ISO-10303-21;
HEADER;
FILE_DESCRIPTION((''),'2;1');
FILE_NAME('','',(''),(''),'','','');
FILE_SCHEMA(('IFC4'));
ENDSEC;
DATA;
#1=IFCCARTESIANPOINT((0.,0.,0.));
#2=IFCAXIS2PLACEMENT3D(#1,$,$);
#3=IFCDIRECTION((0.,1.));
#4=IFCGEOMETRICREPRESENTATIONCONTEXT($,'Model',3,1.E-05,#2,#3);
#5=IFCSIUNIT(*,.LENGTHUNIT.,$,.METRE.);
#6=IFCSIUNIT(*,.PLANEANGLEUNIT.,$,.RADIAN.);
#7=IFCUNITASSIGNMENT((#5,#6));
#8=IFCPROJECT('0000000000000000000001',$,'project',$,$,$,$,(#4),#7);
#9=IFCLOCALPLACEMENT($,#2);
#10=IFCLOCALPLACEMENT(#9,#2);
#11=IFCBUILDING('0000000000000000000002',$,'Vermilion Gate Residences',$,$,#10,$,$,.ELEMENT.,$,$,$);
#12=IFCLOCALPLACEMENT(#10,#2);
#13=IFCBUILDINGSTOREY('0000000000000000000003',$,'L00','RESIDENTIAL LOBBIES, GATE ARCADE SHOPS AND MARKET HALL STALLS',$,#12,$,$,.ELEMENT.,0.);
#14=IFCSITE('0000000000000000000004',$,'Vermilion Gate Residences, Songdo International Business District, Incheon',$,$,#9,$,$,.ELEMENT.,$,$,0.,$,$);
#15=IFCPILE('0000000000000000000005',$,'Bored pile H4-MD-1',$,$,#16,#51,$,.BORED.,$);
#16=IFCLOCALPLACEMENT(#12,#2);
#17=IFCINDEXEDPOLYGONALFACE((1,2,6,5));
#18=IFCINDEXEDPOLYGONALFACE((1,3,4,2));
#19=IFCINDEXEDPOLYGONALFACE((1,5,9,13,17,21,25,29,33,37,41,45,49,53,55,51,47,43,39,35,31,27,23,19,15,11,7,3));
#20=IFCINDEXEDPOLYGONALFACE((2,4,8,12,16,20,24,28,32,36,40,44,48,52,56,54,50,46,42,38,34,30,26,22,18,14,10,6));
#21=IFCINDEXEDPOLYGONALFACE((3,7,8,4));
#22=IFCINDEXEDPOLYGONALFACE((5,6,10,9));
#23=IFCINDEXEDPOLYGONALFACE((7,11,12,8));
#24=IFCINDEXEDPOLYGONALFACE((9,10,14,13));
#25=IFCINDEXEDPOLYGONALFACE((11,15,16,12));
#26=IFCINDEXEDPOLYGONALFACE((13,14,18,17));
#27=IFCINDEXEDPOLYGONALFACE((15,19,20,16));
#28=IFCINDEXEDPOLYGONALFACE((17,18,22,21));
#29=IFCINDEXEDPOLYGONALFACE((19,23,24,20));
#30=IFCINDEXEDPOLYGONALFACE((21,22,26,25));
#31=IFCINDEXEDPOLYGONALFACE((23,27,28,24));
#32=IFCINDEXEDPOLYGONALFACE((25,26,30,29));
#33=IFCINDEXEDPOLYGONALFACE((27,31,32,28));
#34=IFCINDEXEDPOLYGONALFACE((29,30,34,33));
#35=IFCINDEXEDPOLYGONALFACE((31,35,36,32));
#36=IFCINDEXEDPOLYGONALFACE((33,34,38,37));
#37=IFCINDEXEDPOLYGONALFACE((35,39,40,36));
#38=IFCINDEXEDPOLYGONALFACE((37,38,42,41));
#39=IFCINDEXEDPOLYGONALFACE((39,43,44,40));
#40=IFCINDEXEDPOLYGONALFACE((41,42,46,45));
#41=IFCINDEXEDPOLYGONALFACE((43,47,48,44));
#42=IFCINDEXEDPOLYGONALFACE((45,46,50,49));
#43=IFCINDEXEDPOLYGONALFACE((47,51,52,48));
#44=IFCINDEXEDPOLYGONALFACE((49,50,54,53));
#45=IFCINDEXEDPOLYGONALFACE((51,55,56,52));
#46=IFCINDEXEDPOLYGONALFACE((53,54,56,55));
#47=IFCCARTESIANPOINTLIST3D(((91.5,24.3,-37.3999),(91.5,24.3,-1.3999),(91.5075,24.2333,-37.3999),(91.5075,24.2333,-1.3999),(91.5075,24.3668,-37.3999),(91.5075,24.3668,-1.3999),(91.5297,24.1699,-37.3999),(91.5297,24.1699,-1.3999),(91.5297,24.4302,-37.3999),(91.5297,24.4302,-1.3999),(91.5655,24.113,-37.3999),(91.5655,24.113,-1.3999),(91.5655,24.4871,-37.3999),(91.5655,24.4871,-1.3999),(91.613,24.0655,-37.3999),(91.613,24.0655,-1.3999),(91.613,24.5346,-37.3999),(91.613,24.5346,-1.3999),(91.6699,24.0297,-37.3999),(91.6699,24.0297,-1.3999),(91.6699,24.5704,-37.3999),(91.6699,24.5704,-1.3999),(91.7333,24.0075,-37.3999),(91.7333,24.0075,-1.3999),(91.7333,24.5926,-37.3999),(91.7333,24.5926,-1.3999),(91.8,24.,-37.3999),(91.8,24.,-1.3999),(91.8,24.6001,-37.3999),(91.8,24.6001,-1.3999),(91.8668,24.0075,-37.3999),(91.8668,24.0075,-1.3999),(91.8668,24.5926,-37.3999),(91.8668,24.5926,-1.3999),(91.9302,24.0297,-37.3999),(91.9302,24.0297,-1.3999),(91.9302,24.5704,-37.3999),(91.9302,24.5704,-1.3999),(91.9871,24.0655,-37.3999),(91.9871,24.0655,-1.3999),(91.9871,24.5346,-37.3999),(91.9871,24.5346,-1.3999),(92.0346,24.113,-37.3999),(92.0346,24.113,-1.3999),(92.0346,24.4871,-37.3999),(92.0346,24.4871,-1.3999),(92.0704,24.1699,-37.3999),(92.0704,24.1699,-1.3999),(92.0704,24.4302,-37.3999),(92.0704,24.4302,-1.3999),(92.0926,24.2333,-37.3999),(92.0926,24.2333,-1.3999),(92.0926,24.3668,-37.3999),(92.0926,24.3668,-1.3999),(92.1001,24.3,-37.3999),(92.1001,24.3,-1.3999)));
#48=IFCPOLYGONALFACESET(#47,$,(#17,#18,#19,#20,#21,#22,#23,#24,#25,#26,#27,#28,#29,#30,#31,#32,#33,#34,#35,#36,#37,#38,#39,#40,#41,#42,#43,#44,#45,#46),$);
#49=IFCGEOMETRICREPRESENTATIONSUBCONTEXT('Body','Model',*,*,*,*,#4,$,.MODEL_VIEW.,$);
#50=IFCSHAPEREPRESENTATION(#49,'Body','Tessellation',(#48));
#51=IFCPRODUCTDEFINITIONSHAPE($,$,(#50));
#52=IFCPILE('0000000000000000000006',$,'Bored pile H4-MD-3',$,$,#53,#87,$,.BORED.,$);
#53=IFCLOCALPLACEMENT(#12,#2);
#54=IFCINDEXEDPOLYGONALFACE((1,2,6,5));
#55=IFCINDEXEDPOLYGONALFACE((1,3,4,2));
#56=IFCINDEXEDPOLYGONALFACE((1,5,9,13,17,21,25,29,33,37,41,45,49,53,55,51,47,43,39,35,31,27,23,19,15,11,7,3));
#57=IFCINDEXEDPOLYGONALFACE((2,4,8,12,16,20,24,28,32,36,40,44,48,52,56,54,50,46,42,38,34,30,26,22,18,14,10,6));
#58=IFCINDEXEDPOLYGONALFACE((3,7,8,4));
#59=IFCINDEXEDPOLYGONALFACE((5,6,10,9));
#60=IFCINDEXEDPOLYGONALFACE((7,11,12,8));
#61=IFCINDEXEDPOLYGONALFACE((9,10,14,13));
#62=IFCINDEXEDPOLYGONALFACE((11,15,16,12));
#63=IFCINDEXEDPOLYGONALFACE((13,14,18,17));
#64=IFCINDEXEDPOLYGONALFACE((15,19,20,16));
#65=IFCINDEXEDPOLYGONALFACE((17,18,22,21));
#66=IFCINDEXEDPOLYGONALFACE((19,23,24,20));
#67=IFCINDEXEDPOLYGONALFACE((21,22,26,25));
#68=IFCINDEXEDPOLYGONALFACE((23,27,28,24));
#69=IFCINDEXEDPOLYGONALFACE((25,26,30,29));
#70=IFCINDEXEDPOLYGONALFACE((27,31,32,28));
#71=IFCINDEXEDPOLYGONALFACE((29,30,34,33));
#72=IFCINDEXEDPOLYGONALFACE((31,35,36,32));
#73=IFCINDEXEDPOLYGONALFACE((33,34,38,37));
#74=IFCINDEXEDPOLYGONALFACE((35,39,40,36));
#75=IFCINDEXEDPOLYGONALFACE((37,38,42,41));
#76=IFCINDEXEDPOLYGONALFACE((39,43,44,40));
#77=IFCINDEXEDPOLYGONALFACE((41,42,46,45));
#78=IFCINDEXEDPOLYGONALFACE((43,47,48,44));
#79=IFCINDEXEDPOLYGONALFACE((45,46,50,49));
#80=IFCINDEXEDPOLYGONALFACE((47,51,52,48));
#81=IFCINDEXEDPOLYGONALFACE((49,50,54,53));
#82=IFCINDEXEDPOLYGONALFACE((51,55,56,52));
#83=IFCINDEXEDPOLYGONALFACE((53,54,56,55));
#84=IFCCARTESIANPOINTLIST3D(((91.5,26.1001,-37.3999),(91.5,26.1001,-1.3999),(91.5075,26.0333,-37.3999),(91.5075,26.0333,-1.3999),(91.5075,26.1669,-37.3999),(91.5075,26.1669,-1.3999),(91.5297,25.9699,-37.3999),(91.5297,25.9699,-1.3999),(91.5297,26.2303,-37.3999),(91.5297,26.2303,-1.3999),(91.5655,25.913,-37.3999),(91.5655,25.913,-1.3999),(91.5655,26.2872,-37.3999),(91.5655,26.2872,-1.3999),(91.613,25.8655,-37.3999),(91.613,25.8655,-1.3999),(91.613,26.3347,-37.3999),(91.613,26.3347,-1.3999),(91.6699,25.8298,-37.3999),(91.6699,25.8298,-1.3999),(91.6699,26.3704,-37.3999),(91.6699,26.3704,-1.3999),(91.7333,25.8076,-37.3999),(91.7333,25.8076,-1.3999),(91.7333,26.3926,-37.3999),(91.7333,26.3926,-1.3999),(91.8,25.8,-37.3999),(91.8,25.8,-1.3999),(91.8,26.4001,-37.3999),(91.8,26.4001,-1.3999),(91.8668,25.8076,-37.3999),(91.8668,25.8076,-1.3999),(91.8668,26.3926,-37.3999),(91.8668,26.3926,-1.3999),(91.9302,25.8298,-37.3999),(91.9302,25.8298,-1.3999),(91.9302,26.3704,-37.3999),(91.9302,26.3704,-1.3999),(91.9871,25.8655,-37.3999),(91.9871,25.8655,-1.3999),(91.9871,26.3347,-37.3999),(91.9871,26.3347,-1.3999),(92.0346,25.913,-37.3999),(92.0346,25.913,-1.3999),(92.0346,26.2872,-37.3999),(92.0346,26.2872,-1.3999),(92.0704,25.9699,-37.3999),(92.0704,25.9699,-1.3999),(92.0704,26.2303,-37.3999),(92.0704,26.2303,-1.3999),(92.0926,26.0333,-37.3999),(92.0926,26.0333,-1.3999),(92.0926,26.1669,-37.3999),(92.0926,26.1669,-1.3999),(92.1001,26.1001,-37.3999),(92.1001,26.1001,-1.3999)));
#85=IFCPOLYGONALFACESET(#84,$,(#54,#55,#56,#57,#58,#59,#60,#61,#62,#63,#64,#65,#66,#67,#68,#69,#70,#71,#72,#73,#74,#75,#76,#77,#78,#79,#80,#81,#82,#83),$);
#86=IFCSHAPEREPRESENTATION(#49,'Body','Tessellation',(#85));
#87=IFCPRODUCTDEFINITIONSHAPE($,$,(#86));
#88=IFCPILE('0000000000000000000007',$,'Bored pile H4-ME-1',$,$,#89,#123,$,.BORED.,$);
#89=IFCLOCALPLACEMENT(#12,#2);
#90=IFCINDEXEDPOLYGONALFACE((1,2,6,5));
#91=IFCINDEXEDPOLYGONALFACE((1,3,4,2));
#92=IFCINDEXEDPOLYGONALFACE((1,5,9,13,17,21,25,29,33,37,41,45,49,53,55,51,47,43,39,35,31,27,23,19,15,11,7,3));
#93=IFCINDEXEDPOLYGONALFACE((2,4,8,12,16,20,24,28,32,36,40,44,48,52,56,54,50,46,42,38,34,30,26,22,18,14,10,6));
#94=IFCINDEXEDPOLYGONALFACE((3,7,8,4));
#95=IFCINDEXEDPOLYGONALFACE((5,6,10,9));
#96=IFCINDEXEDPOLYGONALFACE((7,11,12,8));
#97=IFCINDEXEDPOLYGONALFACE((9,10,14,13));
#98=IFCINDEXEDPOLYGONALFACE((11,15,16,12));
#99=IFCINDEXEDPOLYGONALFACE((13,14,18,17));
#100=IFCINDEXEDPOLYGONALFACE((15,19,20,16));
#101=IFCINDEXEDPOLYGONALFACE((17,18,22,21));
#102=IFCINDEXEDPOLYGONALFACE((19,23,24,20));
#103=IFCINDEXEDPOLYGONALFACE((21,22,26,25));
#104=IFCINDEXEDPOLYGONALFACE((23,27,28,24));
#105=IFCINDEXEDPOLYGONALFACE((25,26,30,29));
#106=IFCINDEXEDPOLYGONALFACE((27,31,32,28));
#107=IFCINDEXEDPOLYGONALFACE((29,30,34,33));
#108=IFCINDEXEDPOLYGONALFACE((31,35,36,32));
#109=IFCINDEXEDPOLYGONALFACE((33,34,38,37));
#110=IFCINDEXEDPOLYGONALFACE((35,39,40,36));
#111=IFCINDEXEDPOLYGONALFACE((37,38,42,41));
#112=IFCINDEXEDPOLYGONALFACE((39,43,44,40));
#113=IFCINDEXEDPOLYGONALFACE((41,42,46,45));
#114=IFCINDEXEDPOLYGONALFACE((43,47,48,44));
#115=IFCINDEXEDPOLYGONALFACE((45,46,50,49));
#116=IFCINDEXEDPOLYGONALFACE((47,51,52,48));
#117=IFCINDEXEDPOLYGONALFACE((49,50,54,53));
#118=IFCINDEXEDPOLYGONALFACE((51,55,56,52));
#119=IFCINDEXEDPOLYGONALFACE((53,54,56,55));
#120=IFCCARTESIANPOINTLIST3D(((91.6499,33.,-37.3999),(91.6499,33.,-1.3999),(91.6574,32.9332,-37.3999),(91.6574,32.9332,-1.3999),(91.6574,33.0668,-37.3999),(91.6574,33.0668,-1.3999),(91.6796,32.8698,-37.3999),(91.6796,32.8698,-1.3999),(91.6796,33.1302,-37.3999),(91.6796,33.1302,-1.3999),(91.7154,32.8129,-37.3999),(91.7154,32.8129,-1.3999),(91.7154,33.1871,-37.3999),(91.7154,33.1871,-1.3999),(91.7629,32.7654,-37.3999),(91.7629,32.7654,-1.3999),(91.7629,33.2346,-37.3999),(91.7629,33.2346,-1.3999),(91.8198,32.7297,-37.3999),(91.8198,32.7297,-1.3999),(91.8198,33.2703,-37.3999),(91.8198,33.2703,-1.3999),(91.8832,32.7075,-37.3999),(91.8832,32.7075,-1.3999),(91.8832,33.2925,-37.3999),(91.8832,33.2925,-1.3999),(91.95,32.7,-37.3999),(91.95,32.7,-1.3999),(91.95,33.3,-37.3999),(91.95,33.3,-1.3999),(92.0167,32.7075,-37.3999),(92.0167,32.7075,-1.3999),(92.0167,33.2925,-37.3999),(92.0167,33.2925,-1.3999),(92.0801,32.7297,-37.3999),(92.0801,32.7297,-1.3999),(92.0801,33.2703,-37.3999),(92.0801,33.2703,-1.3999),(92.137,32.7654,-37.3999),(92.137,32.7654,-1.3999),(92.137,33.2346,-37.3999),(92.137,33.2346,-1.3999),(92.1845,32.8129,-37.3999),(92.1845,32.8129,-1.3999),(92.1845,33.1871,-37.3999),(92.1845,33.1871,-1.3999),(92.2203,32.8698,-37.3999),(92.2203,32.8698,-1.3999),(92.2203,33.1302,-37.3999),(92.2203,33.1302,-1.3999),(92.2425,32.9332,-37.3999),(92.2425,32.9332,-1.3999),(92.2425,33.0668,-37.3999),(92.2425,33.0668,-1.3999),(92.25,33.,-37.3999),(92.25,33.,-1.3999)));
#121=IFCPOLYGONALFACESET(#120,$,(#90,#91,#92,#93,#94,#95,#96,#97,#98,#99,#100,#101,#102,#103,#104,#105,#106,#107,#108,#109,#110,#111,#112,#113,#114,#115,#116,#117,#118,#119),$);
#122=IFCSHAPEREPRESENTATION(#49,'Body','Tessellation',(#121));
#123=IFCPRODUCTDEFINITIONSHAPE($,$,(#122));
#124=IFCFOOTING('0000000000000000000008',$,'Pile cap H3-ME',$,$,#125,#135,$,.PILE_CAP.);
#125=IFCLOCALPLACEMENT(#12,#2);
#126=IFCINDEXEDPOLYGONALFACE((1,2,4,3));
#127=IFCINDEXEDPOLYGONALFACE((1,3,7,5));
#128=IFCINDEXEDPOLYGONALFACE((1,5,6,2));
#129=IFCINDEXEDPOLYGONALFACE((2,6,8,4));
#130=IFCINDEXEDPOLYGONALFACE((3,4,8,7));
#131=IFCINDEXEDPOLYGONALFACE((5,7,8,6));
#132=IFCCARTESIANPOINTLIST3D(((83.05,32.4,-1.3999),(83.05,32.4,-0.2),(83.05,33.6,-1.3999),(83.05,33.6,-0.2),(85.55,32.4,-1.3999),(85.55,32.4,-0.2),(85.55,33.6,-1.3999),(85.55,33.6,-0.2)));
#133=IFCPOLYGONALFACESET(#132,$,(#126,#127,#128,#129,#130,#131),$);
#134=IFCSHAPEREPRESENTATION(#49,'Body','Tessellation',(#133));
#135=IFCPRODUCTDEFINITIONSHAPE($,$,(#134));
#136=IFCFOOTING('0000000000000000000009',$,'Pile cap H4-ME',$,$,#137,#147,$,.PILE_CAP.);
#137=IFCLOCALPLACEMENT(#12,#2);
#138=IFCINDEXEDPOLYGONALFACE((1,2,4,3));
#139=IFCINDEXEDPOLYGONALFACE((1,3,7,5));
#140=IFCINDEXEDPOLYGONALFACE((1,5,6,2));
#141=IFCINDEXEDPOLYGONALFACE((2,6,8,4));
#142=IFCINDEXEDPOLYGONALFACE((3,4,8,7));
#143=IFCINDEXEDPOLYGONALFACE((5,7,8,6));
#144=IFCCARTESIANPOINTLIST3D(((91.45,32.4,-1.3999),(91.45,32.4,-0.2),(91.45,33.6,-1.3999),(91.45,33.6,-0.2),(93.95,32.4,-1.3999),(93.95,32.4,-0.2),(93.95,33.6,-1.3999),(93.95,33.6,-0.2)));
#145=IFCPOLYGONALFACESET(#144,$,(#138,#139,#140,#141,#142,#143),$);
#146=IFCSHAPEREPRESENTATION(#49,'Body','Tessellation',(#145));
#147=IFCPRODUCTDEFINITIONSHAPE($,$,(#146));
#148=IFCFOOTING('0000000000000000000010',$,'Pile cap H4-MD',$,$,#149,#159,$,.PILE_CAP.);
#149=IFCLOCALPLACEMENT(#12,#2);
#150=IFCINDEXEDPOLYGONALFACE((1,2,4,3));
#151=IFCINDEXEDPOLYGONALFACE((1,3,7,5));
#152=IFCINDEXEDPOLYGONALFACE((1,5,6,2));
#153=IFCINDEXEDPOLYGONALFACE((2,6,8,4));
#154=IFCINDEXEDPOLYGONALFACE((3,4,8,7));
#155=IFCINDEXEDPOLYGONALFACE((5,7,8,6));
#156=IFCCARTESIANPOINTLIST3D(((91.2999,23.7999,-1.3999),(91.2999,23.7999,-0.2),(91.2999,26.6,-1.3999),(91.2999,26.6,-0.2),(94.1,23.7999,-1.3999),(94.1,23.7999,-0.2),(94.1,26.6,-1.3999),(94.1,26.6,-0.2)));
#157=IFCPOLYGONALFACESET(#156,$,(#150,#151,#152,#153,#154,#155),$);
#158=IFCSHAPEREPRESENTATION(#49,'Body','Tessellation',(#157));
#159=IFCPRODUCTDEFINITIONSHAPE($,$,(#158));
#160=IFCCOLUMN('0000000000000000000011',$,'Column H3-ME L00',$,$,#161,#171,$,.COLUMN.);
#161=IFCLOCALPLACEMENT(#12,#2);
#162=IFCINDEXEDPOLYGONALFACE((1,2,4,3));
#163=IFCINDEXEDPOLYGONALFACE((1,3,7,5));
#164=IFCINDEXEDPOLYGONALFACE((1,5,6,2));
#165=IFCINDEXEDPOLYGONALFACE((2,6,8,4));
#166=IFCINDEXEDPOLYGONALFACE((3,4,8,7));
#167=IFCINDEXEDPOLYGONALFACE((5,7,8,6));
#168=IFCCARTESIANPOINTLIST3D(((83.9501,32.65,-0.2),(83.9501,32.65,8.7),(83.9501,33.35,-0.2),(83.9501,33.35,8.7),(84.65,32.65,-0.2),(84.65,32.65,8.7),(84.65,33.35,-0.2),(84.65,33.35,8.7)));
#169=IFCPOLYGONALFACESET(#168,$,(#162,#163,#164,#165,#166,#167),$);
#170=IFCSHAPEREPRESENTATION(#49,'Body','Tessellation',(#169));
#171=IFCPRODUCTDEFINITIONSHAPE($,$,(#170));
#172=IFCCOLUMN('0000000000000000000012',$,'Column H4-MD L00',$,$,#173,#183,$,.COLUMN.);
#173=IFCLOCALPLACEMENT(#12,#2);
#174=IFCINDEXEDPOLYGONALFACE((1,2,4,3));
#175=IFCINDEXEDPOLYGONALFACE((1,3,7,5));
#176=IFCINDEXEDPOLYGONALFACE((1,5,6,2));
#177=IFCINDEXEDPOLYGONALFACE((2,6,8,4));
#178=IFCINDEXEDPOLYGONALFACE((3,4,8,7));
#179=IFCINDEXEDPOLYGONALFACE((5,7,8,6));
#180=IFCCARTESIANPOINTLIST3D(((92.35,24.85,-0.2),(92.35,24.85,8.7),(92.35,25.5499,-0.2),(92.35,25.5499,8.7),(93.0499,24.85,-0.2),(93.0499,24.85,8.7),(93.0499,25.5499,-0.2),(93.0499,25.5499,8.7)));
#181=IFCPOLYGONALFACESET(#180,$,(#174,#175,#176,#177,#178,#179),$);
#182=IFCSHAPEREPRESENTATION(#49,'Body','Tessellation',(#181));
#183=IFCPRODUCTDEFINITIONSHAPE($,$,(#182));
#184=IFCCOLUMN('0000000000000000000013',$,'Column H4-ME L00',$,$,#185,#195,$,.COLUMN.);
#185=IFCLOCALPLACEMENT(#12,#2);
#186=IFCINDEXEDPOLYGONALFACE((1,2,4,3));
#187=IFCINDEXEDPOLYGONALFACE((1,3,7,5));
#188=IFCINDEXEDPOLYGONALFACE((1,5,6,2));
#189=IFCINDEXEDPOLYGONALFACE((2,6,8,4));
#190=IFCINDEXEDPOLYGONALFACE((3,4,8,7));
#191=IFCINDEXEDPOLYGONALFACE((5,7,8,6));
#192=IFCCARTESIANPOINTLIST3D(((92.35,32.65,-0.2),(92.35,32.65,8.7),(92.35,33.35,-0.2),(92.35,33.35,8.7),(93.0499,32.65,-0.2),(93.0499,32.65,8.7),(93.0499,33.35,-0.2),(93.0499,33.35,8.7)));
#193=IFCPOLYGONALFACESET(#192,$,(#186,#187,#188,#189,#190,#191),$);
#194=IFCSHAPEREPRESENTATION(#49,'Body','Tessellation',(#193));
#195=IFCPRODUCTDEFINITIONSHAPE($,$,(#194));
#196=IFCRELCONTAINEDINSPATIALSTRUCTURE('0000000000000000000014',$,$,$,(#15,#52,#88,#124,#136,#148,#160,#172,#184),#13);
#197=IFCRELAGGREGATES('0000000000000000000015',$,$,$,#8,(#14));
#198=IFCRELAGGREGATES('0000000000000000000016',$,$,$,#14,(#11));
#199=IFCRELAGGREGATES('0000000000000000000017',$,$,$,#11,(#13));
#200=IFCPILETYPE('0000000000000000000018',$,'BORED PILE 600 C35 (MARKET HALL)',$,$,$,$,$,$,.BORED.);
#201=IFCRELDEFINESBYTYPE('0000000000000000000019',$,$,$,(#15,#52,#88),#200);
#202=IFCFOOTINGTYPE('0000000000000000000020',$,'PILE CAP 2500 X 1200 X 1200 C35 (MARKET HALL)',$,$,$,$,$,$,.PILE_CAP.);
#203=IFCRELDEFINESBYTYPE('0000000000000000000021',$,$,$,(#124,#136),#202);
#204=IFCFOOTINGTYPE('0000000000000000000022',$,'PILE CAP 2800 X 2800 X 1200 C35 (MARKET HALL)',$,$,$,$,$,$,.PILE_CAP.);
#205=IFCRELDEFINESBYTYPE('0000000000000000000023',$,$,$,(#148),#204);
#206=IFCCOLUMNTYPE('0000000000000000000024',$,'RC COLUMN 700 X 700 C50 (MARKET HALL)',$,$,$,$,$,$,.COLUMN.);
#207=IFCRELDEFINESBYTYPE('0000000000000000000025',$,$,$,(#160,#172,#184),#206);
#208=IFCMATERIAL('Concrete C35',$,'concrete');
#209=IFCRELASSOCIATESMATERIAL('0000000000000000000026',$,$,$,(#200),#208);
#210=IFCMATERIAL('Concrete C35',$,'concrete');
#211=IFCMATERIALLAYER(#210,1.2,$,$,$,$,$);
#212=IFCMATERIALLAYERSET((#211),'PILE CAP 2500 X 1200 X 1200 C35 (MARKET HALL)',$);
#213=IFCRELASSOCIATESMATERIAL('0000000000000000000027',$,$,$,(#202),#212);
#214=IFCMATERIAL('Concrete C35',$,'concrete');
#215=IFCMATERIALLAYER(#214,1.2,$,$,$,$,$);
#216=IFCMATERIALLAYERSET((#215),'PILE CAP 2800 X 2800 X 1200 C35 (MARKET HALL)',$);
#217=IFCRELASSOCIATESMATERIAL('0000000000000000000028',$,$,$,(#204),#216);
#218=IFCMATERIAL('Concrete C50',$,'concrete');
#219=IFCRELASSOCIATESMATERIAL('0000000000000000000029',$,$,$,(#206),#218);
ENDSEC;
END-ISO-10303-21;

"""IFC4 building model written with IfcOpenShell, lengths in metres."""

from ifc_helpers import new_model, si_unit, direction, frame, origin, origin_2d, place, context, subcontext, project, spatial, rectangle, circle, extrude, material, layer, layer_set, material_profile, profile_set, type_object, element, save


model = new_model("IFC4")

# Units and contexts
model_context = context("Model", 3, precision=1e-05, world=origin(), true_north=direction((0.0, 1.0)))
body_context = subcontext(model_context, "Body", "Model", "MODEL_VIEW")
ifc_project = project(units=[si_unit("LENGTHUNIT", "METRE"), si_unit("PLANEANGLEUNIT", "RADIAN")], contexts=[model_context])

# Site, building, storey
site_placement = place(None, origin())
site = spatial("IfcSite", under=ifc_project, at=site_placement, Name="Vermilion Gate Residences, Songdo International Business District, Incheon", CompositionType="ELEMENT", RefElevation=0.0)
building_placement = place(site_placement, origin())
building = spatial("IfcBuilding", under=site, at=building_placement, Name="Vermilion Gate Residences", CompositionType="ELEMENT")
storey_placement = place(building_placement, origin())
storey = spatial("IfcBuildingStorey", under=building, at=storey_placement, Name="L00", Description="RESIDENTIAL LOBBIES, GATE ARCADE SHOPS AND MARKET HALL STALLS", CompositionType="ELEMENT", Elevation=0.0)

# Piles
ifc_material_1 = material(Name="Concrete C35", Category="concrete")
ifc_material_profile_1 = material_profile(ifc_material_1, circle(Radius=0.3, at=origin_2d()), Name="BORED PILE 600 C35 (MARKET HALL)")
ifc_profile_set_1 = profile_set([ifc_material_profile_1], Name="Concrete C35")
pile_type = type_object("IfcPileType", Name="BORED PILE 600 C35 (MARKET HALL)", PredefinedType="BORED", material=ifc_profile_set_1)
for number, where, z_axis, x_axis, name in (
    (1, (91.8, 24.3, -1.3999), (0.0, 0.0, -1.0), (1.0, 0.0, 0.0), "Bored pile H4-MD-1"),
    (2, (91.8, 26.1001, -1.3999), (0.0, 0.0, -1.0), (1.0, 0.0, 0.0), "Bored pile H4-MD-3"),
    (3, (91.95, 33.0, -1.3999), (0.0, 0.0, -1.0), (1.0, 0.0, 0.0), "Bored pile H4-ME-1"),
):
    element("IfcPile", number, at=place(storey_placement, frame(where, z_axis=z_axis, x_axis=x_axis)), inside=storey, type_object=pile_type, Name=name, PredefinedType="BORED", context=body_context, shape_type="SweptSolid", body=[
        extrude(circle(Radius=0.3, at=origin_2d()), origin(), (0.0, 0.0, 1.0), 36.0),
    ])

# Footings
ifc_material_2 = material(Name="Concrete C35", Category="concrete")
ifc_layer_1 = layer(ifc_material_2, 1.2)
ifc_layer_set_1 = layer_set([ifc_layer_1], Name="PILE CAP 2500 X 1200 X 1200 C35 (MARKET HALL)")
footing_type_1 = type_object("IfcFootingType", Name="PILE CAP 2500 X 1200 X 1200 C35 (MARKET HALL)", PredefinedType="PILE_CAP", material=ifc_layer_set_1)
for number, where, z_axis, x_axis, name in (
    (4, (84.3, 33.0, -1.3999), (0.0, 0.0, 1.0), (1.0, 0.0, 0.0), "Pile cap H3-ME"),
    (5, (92.7, 33.0, -1.3999), (0.0, 0.0, 1.0), (1.0, 0.0, 0.0), "Pile cap H4-ME"),
):
    element("IfcFooting", number, at=place(storey_placement, frame(where, z_axis=z_axis, x_axis=x_axis)), inside=storey, type_object=footing_type_1, Name=name, PredefinedType="PILE_CAP", context=body_context, shape_type="SweptSolid", body=[
        extrude(rectangle(XDim=2.5, YDim=1.2, at=origin_2d()), origin(), (0.0, 0.0, 1.0), 1.2),
    ])
ifc_material_3 = material(Name="Concrete C35", Category="concrete")
ifc_layer_2 = layer(ifc_material_3, 1.2)
ifc_layer_set_2 = layer_set([ifc_layer_2], Name="PILE CAP 2800 X 2800 X 1200 C35 (MARKET HALL)")
footing_type_2 = type_object("IfcFootingType", Name="PILE CAP 2800 X 2800 X 1200 C35 (MARKET HALL)", PredefinedType="PILE_CAP", material=ifc_layer_set_2)
footing_placement = place(storey_placement, frame((92.7, 25.2, -1.3999), z_axis=(0.0, 0.0, 1.0), x_axis=(1.0, 0.0, 0.0)))
element("IfcFooting", 6, at=footing_placement, inside=storey, type_object=footing_type_2, Name="Pile cap H4-MD", PredefinedType="PILE_CAP", context=body_context, shape_type="SweptSolid", body=[
    extrude(rectangle(XDim=2.8, YDim=2.8, at=origin_2d()), origin(), (0.0, 0.0, 1.0), 1.2),
])

# Columns
ifc_material_4 = material(Name="Concrete C50", Category="concrete")
ifc_material_profile_2 = material_profile(ifc_material_4, rectangle(XDim=0.7, YDim=0.7, at=origin_2d()), Name="RC COLUMN 700 X 700 C50 (MARKET HALL)")
ifc_profile_set_2 = profile_set([ifc_material_profile_2], Name="Concrete C50")
column_type = type_object("IfcColumnType", Name="RC COLUMN 700 X 700 C50 (MARKET HALL)", PredefinedType="COLUMN", material=ifc_profile_set_2)
for number, where, z_axis, x_axis, name in (
    (7, (84.3, 33.0, -0.2), (0.0, 0.0, 1.0), (1.0, 0.0, 0.0), "Column H3-ME L00"),
    (8, (92.7, 25.2, -0.2), (0.0, 0.0, 1.0), (1.0, 0.0, 0.0), "Column H4-MD L00"),
    (9, (92.7, 33.0, -0.2), (0.0, 0.0, 1.0), (1.0, 0.0, 0.0), "Column H4-ME L00"),
):
    element("IfcColumn", number, at=place(storey_placement, frame(where, z_axis=z_axis, x_axis=x_axis)), inside=storey, type_object=column_type, Name=name, PredefinedType="COLUMN", context=body_context, shape_type="SweptSolid", body=[
        extrude(rectangle(XDim=0.7, YDim=0.7, at=origin_2d()), origin(), (0.0, 0.0, 1.0), 8.8999),
    ])

save(model, "model.ifc")
